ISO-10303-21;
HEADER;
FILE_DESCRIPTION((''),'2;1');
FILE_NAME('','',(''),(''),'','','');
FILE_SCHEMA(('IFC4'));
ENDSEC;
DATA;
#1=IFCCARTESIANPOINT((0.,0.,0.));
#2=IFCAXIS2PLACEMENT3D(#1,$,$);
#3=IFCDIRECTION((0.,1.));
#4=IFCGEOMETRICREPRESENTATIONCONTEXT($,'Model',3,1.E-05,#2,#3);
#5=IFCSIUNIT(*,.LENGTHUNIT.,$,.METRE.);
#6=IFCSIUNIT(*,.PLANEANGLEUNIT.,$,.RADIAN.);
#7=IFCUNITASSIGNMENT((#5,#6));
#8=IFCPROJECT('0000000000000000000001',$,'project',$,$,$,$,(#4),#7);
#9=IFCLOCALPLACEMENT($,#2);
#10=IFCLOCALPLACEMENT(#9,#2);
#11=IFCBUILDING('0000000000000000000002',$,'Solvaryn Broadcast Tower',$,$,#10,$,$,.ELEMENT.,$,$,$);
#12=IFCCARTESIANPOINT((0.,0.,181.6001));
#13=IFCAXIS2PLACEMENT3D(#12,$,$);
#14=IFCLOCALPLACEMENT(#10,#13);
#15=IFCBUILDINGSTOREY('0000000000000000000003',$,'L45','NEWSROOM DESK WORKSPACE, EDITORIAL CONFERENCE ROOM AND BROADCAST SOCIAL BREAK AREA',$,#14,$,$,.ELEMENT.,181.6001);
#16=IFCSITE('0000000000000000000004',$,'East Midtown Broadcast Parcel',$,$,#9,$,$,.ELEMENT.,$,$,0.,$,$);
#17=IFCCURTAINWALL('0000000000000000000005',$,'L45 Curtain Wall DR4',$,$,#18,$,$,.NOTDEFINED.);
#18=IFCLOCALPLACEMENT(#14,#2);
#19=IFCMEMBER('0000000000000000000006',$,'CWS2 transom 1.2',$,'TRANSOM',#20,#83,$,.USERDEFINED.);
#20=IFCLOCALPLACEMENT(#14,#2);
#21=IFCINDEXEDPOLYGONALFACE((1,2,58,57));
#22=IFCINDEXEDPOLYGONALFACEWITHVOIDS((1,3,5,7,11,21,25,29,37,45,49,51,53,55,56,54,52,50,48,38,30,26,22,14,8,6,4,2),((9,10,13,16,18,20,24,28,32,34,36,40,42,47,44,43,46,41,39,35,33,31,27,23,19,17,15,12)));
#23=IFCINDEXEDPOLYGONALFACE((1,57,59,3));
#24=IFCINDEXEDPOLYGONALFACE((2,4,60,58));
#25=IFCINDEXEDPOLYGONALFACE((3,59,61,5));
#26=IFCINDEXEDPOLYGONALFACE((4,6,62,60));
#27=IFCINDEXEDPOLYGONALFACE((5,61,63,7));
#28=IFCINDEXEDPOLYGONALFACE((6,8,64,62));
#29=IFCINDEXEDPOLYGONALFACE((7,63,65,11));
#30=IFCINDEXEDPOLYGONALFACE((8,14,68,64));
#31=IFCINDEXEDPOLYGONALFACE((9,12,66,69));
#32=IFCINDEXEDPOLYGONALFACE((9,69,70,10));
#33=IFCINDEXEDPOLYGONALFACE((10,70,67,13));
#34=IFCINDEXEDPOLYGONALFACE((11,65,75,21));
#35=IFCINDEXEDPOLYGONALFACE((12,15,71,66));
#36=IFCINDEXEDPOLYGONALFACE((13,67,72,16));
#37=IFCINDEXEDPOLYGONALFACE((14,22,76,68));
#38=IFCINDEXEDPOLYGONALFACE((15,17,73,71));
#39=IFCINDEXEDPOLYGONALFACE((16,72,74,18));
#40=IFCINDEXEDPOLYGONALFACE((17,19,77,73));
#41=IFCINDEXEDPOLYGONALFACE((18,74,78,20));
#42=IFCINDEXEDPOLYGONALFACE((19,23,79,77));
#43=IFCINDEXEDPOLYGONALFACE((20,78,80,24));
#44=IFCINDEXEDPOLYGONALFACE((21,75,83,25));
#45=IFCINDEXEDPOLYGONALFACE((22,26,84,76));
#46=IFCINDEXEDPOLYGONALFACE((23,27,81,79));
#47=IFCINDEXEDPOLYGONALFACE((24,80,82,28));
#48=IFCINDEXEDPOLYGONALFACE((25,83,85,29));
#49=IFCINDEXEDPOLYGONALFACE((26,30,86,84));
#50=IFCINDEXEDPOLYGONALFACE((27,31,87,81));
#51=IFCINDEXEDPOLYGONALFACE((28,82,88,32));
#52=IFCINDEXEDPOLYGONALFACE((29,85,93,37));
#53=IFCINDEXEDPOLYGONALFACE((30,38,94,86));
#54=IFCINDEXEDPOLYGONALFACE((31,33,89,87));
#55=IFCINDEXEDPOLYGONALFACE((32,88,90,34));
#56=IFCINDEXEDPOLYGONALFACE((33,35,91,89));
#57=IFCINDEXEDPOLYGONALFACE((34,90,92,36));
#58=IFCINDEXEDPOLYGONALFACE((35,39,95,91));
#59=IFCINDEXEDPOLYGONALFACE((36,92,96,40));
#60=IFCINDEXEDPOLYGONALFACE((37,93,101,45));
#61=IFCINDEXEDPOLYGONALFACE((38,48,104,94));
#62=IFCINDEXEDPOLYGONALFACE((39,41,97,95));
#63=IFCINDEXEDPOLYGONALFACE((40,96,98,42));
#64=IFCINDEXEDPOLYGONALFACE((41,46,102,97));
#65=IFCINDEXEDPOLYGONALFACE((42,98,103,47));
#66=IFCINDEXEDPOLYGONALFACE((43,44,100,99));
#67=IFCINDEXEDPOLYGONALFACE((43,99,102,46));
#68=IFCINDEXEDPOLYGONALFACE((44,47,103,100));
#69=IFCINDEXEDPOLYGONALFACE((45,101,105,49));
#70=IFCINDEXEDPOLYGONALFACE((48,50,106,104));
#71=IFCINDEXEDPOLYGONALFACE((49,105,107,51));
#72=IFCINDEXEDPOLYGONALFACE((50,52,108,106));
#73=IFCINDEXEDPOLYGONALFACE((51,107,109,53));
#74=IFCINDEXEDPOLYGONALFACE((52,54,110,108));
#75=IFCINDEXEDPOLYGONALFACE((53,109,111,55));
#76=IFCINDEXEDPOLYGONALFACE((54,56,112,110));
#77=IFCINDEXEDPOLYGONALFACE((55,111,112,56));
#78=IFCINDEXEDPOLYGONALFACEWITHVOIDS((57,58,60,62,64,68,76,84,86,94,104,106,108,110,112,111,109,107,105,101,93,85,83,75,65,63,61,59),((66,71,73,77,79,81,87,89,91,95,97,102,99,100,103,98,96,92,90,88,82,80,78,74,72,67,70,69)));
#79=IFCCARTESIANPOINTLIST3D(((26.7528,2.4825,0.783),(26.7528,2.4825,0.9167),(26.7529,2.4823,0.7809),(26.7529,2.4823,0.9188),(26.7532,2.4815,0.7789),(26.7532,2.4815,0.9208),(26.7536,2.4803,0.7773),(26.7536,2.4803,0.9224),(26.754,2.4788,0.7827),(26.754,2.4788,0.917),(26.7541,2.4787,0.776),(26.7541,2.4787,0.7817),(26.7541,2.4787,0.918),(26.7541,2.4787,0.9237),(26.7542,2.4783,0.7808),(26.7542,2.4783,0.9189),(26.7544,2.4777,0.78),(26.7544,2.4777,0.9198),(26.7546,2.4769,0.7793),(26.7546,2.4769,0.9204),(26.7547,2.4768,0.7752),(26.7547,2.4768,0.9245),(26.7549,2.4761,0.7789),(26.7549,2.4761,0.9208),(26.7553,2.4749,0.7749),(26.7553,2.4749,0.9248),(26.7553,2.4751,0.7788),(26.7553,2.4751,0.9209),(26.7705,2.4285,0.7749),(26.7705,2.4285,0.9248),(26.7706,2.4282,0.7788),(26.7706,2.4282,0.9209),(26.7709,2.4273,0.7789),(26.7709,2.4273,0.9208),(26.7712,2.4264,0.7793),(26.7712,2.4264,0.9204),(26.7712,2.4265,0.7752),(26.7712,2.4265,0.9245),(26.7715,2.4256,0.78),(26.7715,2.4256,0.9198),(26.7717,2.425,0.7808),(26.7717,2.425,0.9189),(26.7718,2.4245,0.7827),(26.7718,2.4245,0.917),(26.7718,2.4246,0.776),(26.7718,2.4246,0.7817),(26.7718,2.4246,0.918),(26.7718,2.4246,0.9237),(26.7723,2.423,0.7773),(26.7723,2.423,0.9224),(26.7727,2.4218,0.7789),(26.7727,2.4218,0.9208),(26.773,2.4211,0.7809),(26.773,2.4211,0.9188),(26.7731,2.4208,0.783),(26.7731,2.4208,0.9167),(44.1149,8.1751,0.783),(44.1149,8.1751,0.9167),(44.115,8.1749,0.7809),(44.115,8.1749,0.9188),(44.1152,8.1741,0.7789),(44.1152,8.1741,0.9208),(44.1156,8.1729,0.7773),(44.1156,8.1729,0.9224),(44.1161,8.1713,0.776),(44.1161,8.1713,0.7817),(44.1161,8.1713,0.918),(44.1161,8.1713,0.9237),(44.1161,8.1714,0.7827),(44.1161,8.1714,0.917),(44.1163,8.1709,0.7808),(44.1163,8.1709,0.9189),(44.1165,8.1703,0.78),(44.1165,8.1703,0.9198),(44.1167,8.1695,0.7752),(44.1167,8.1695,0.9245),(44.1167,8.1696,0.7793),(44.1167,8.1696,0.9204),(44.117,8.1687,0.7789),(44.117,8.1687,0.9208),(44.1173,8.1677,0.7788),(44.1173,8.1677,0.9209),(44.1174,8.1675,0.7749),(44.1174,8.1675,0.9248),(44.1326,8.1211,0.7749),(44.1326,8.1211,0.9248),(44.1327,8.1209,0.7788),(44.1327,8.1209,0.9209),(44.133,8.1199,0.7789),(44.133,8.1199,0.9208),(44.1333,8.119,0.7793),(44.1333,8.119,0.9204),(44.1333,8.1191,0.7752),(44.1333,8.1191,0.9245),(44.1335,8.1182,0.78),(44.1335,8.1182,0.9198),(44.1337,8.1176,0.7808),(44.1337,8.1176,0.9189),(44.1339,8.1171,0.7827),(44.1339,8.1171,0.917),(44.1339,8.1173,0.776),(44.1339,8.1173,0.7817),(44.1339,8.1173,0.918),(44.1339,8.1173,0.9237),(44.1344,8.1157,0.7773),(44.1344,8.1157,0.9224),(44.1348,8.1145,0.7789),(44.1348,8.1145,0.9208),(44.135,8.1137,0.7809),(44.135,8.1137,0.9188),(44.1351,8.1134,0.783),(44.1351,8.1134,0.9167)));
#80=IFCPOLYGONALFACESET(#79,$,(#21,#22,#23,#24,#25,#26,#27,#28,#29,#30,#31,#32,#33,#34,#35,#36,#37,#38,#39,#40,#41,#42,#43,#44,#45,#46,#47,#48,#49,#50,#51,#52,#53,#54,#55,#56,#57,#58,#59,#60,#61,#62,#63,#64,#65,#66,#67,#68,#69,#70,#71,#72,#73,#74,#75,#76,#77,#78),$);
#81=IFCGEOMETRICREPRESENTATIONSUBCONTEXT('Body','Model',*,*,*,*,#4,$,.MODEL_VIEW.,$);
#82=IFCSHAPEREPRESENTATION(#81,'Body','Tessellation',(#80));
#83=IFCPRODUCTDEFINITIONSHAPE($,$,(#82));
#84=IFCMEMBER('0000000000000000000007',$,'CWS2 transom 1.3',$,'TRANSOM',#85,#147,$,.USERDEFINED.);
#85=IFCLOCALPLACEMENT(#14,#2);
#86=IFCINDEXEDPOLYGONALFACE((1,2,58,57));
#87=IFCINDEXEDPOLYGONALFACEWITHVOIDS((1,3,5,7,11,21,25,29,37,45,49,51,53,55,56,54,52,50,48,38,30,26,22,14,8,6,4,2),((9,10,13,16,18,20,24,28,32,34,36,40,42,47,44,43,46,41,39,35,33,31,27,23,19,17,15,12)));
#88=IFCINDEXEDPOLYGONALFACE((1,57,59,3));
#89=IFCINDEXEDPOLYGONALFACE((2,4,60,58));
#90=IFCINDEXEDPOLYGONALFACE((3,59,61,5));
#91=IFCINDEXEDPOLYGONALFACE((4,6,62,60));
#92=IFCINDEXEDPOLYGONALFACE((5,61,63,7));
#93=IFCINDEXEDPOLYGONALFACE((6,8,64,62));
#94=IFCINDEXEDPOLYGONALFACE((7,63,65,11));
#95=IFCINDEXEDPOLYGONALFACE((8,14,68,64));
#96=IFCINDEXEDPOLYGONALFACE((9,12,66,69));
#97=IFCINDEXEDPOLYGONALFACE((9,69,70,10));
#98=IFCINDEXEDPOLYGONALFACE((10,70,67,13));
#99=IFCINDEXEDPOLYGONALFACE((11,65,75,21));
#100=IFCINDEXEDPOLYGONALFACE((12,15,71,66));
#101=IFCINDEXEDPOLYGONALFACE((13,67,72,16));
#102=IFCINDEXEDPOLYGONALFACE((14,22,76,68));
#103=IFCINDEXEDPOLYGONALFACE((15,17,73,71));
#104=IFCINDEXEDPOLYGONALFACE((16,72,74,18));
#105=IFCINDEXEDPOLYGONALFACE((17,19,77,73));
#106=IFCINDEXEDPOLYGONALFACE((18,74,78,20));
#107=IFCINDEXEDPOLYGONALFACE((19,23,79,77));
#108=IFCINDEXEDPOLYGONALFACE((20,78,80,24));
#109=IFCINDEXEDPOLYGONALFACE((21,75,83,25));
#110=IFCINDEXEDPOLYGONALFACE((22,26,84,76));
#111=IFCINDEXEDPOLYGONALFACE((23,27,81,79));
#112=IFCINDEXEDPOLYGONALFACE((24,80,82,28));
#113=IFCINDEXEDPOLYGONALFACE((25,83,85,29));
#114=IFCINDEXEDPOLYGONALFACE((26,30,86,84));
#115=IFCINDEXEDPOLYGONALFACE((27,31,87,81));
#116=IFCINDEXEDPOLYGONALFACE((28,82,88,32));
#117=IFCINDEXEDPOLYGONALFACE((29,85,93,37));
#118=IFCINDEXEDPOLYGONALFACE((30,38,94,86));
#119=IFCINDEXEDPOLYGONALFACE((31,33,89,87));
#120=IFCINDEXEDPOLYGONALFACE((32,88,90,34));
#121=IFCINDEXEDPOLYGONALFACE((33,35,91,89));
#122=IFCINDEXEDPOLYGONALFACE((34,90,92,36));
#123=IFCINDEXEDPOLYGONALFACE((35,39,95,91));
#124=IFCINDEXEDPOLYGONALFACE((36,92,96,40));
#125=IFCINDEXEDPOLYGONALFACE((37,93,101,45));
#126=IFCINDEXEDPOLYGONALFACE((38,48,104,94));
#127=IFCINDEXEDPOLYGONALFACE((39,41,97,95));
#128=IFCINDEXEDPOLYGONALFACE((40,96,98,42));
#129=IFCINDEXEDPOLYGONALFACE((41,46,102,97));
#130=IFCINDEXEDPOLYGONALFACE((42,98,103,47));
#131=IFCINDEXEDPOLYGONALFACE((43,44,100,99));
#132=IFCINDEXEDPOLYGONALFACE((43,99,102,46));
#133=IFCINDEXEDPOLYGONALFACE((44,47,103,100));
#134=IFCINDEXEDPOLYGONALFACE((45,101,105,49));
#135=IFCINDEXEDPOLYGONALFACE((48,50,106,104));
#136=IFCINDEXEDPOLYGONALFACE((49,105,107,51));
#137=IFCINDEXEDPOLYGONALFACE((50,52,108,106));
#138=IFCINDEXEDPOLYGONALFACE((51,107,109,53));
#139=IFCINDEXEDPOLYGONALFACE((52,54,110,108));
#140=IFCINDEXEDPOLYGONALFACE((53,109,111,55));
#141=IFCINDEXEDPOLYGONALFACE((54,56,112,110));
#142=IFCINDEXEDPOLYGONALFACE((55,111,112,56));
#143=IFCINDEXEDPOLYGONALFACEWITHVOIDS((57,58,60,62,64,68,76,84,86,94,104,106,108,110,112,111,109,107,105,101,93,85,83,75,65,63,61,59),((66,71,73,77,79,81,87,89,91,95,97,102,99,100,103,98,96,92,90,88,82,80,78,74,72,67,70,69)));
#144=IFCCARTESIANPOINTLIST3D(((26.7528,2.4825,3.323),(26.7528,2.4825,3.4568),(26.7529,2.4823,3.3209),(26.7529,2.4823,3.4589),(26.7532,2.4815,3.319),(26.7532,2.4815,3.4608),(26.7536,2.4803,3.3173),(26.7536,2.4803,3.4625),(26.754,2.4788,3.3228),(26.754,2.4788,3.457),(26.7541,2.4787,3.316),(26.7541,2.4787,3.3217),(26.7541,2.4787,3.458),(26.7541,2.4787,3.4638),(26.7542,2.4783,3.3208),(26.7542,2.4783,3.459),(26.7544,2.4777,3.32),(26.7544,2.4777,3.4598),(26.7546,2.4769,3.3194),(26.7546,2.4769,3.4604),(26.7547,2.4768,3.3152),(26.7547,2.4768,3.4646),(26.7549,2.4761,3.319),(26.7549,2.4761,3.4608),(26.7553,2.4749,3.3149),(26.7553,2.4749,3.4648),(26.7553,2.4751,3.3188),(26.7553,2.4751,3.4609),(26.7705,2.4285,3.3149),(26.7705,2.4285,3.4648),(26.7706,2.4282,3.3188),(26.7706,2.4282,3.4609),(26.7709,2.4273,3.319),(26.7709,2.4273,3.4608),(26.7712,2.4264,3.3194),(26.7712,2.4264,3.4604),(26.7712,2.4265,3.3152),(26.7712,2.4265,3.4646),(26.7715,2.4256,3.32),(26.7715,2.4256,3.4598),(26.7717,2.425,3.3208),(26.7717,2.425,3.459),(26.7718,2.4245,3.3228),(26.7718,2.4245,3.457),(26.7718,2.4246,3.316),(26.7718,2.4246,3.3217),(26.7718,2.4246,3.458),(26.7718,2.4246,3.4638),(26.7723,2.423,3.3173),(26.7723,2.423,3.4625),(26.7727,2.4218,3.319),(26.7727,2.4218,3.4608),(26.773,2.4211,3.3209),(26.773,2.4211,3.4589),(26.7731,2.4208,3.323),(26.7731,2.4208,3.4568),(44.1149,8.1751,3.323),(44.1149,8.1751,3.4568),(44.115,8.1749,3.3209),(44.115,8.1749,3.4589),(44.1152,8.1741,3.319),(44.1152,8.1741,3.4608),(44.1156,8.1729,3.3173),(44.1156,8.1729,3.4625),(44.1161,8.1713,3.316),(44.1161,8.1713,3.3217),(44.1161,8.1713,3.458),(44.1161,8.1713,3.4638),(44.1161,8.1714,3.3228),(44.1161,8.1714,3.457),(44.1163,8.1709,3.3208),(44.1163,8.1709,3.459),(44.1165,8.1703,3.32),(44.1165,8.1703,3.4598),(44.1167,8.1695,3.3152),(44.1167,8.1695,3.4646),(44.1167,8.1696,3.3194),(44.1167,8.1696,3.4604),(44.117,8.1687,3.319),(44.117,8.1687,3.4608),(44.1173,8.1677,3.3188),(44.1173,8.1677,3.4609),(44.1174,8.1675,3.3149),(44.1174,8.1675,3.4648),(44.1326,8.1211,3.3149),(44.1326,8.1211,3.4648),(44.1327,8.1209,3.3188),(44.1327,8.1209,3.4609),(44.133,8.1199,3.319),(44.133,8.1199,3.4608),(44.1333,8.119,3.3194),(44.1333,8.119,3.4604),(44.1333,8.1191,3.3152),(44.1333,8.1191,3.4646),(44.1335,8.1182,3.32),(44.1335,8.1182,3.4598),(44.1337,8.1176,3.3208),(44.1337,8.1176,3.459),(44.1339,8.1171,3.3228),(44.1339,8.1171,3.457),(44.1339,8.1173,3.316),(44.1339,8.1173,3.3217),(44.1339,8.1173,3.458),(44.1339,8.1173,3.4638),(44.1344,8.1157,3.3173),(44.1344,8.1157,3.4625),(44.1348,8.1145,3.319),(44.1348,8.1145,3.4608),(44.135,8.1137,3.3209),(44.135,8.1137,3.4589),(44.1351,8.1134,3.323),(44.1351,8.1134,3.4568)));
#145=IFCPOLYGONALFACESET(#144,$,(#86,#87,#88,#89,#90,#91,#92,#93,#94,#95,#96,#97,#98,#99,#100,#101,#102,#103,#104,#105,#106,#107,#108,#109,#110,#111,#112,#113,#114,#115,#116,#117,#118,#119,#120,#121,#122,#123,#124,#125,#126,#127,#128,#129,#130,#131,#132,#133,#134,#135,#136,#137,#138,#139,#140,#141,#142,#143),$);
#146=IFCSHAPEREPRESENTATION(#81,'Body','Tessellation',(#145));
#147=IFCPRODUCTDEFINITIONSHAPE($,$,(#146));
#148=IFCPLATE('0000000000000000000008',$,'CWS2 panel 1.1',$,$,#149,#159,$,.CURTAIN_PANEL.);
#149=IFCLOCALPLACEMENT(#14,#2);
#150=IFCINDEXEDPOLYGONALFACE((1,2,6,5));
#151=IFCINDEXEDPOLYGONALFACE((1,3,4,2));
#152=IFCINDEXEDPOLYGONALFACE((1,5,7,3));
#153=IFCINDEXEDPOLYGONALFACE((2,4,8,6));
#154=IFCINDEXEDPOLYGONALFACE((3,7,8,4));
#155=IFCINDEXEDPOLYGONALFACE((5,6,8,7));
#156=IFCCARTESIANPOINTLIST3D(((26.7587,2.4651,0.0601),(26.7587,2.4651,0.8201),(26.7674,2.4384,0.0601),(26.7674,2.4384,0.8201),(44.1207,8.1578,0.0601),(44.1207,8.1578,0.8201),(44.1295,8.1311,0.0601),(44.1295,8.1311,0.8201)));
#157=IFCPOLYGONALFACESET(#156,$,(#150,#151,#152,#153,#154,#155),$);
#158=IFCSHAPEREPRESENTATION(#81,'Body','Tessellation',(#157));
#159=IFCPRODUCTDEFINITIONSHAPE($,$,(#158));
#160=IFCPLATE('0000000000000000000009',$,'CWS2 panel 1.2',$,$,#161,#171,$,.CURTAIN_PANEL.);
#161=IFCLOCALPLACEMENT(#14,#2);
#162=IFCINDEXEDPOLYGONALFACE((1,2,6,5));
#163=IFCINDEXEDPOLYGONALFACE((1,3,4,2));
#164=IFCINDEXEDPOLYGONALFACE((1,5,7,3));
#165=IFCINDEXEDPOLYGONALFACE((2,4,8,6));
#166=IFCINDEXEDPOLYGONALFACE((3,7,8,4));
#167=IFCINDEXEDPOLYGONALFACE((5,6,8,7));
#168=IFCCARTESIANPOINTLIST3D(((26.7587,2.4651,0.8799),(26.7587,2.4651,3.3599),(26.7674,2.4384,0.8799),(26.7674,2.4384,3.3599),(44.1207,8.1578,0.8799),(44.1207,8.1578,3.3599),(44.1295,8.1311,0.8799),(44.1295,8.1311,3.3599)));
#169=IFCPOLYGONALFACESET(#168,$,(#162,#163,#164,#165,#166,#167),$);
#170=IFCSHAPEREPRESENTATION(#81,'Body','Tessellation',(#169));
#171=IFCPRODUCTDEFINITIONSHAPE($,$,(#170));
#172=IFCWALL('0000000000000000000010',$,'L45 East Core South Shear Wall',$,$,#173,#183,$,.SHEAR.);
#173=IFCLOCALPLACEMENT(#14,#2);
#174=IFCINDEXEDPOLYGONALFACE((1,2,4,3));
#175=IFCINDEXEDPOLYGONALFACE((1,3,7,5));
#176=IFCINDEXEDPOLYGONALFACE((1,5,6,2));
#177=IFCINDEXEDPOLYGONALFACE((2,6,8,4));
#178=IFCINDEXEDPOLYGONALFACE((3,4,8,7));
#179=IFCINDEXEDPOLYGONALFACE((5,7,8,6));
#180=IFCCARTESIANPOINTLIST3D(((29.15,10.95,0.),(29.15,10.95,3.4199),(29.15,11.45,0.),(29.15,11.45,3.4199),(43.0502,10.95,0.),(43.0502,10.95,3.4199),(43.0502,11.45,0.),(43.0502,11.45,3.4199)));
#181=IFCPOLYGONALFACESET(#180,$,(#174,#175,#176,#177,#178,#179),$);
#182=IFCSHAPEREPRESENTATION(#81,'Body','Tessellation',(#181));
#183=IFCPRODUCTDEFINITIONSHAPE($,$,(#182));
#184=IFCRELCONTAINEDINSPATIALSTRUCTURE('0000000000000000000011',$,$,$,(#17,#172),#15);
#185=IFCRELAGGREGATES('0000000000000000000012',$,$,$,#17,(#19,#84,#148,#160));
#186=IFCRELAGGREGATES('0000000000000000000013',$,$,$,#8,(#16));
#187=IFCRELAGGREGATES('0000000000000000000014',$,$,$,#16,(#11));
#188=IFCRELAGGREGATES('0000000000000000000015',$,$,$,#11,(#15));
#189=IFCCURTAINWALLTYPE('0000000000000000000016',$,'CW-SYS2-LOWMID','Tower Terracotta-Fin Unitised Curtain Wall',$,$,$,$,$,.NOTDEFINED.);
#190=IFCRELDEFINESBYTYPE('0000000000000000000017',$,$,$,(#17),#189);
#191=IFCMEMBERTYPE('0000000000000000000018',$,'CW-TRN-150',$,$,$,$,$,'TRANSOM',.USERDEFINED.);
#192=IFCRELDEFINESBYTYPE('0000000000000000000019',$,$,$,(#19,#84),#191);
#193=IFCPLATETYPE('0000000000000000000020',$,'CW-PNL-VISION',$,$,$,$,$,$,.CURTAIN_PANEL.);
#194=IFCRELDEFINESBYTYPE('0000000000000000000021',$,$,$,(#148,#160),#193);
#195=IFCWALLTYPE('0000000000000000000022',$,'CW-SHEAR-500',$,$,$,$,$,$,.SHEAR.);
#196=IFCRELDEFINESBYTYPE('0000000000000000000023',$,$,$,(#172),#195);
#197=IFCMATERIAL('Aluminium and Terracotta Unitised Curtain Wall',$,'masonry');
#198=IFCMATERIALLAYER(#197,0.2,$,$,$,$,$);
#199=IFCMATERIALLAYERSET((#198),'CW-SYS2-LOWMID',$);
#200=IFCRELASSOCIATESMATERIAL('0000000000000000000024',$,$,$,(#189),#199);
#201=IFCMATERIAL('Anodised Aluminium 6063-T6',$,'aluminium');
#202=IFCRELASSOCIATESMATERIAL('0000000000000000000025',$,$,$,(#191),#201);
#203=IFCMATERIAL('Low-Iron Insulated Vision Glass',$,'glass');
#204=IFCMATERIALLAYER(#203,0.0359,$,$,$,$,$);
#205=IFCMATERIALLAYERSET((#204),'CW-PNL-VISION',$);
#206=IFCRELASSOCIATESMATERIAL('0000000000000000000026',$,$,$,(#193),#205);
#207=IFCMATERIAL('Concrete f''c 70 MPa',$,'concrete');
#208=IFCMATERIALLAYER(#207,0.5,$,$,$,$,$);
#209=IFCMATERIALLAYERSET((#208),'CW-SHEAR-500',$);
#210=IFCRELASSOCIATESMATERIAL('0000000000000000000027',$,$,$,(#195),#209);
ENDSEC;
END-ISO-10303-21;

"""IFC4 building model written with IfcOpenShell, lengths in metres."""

from ifc_helpers import new_model, si_unit, direction, frame, frame_2d, origin, origin_2d, place, context, subcontext, project, spatial, rectangle, hollow_rectangle, extrude, material, layer, layer_set, material_profile, profile_set, type_object, element, aggregate, save


model = new_model("IFC4")

# Units and contexts
model_context = context("Model", 3, precision=1e-05, world=origin(), true_north=direction((0.0, 1.0)))
body_context = subcontext(model_context, "Body", "Model", "MODEL_VIEW")
ifc_project = project(units=[si_unit("LENGTHUNIT", "METRE"), si_unit("PLANEANGLEUNIT", "RADIAN")], contexts=[model_context])

# Site, building, storey
site_placement = place(None, origin())
site = spatial("IfcSite", under=ifc_project, at=site_placement, Name="East Midtown Broadcast Parcel", CompositionType="ELEMENT", RefElevation=0.0)
building_placement = place(site_placement, origin())
building = spatial("IfcBuilding", under=site, at=building_placement, Name="Solvaryn Broadcast Tower", CompositionType="ELEMENT")
storey_placement = place(building_placement, frame((0.0, 0.0, 181.6001)))
storey = spatial("IfcBuildingStorey", under=building, at=storey_placement, Name="L45", Description="NEWSROOM DESK WORKSPACE, EDITORIAL CONFERENCE ROOM AND BROADCAST SOCIAL BREAK AREA", CompositionType="ELEMENT", Elevation=181.6001)

# Shared definitions
ifc_material_1 = material(Name="Aluminium and Terracotta Unitised Curtain Wall", Category="masonry")
ifc_layer_1 = layer(ifc_material_1, 0.2)
ifc_layer_set_1 = layer_set([ifc_layer_1], Name="CW-SYS2-LOWMID")
curtain_wall_type = type_object("IfcCurtainWallType", Name="CW-SYS2-LOWMID", Description="Tower Terracotta-Fin Unitised Curtain Wall", PredefinedType="NOTDEFINED", material=ifc_layer_set_1)

# Curtain wall, members, plates
curtain_wall_1_placement = place(storey_placement, origin())
curtain_wall_1 = element("IfcCurtainWall", 1, at=curtain_wall_1_placement, inside=storey, type_object=curtain_wall_type, Name="L45 Curtain Wall DR4", PredefinedType="NOTDEFINED")
ifc_material_2 = material(Name="Anodised Aluminium 6063-T6", Category="aluminium")
ifc_material_profile_1 = material_profile(ifc_material_2, hollow_rectangle(XDim=0.0649, YDim=0.1499, WallThickness=0.0039, InnerFilletRadius=0.0039, OuterFilletRadius=0.0081, at=origin_2d()))
ifc_profile_set_1 = profile_set([ifc_material_profile_1], Name="Anodised Aluminium 6063-T6")
member_type_1 = type_object("IfcMemberType", Name="CW-TRN-150", ElementType="TRANSOM", PredefinedType="USERDEFINED", material=ifc_profile_set_1)
member_1_placement = place(storey_placement, frame((26.7629, 2.4517, 0.8499), z_axis=(0.950227, 0.311558, 0.0), x_axis=(-0.311558, 0.950227, 0.0)))
member_1 = element("IfcMember", 2, at=member_1_placement, type_object=member_type_1, Name="CWS2 transom 1.2", ObjectType="TRANSOM", PredefinedType="USERDEFINED", context=body_context, shape_type="SweptSolid", body=[
    extrude(hollow_rectangle(XDim=0.0649, YDim=0.1499, WallThickness=0.0039, InnerFilletRadius=0.0039, OuterFilletRadius=0.0081, at=origin_2d()), origin(), (0.0, 0.0, 1.0), 18.2715),
])
member_2_placement = place(storey_placement, frame((26.7629, 2.4517, 3.3899), z_axis=(0.950227, 0.311558, 0.0), x_axis=(-0.311558, 0.950227, 0.0)))
member_2 = element("IfcMember", 3, at=member_2_placement, type_object=member_type_1, Name="CWS2 transom 1.3", ObjectType="TRANSOM", PredefinedType="USERDEFINED", context=body_context, shape_type="SweptSolid", body=[
    extrude(hollow_rectangle(XDim=0.0649, YDim=0.1499, WallThickness=0.0039, InnerFilletRadius=0.0039, OuterFilletRadius=0.0081, at=origin_2d()), origin(), (0.0, 0.0, 1.0), 18.2715),
])
ifc_material_3 = material(Name="Low-Iron Insulated Vision Glass", Category="glass")
ifc_layer_2 = layer(ifc_material_3, 0.0359)
ifc_layer_set_2 = layer_set([ifc_layer_2], Name="CW-PNL-VISION")
plate_type = type_object("IfcPlateType", Name="CW-PNL-VISION", PredefinedType="CURTAIN_PANEL", material=ifc_layer_set_2)
plate_1_placement = place(storey_placement, frame((35.4441, 5.2981, 0.0601), z_axis=(0.0, 0.0, 1.0), x_axis=(0.950227, 0.311559, 0.0)))
plate_1 = element("IfcPlate", 4, at=plate_1_placement, type_object=plate_type, Name="CWS2 panel 1.1", PredefinedType="CURTAIN_PANEL", context=body_context, shape_type="SweptSolid", body=[
    extrude(rectangle(XDim=18.2715, YDim=0.0281, at=origin_2d()), origin(), (0.0, 0.0, 1.0), 0.76),
])
plate_2_placement = place(storey_placement, frame((35.4441, 5.2981, 0.8799), z_axis=(0.0, 0.0, 1.0), x_axis=(0.950227, 0.311559, 0.0)))
plate_2 = element("IfcPlate", 5, at=plate_2_placement, type_object=plate_type, Name="CWS2 panel 1.2", PredefinedType="CURTAIN_PANEL", context=body_context, shape_type="SweptSolid", body=[
    extrude(rectangle(XDim=18.2715, YDim=0.0281, at=origin_2d()), origin(), (0.0, 0.0, 1.0), 2.48),
])
aggregate(curtain_wall_1, [member_1, member_2, plate_1, plate_2])

# Wall
ifc_material_4 = material(Name="Concrete f'c 70 MPa", Category="concrete")
ifc_layer_3 = layer(ifc_material_4, 0.5)
ifc_layer_set_3 = layer_set([ifc_layer_3], Name="CW-SHEAR-500")
wall_type_1 = type_object("IfcWallType", Name="CW-SHEAR-500", PredefinedType="SHEAR", material=ifc_layer_set_3)
wall_1_placement = place(storey_placement, frame((29.1499, 11.2, 0.0), z_axis=(0.0, 0.0, 1.0), x_axis=(1.0, 0.0, 0.0)))
element("IfcWall", 6, at=wall_1_placement, inside=storey, type_object=wall_type_1, Name="L45 East Core South Shear Wall", PredefinedType="SHEAR", context=body_context, shape_type="SweptSolid", body=[
    extrude(rectangle(XDim=13.9001, YDim=0.5, at=frame_2d((6.9502, 0.0))), origin(), (0.0, 0.0, 1.0), 3.4199),
])

save(model, "model.ifc")
